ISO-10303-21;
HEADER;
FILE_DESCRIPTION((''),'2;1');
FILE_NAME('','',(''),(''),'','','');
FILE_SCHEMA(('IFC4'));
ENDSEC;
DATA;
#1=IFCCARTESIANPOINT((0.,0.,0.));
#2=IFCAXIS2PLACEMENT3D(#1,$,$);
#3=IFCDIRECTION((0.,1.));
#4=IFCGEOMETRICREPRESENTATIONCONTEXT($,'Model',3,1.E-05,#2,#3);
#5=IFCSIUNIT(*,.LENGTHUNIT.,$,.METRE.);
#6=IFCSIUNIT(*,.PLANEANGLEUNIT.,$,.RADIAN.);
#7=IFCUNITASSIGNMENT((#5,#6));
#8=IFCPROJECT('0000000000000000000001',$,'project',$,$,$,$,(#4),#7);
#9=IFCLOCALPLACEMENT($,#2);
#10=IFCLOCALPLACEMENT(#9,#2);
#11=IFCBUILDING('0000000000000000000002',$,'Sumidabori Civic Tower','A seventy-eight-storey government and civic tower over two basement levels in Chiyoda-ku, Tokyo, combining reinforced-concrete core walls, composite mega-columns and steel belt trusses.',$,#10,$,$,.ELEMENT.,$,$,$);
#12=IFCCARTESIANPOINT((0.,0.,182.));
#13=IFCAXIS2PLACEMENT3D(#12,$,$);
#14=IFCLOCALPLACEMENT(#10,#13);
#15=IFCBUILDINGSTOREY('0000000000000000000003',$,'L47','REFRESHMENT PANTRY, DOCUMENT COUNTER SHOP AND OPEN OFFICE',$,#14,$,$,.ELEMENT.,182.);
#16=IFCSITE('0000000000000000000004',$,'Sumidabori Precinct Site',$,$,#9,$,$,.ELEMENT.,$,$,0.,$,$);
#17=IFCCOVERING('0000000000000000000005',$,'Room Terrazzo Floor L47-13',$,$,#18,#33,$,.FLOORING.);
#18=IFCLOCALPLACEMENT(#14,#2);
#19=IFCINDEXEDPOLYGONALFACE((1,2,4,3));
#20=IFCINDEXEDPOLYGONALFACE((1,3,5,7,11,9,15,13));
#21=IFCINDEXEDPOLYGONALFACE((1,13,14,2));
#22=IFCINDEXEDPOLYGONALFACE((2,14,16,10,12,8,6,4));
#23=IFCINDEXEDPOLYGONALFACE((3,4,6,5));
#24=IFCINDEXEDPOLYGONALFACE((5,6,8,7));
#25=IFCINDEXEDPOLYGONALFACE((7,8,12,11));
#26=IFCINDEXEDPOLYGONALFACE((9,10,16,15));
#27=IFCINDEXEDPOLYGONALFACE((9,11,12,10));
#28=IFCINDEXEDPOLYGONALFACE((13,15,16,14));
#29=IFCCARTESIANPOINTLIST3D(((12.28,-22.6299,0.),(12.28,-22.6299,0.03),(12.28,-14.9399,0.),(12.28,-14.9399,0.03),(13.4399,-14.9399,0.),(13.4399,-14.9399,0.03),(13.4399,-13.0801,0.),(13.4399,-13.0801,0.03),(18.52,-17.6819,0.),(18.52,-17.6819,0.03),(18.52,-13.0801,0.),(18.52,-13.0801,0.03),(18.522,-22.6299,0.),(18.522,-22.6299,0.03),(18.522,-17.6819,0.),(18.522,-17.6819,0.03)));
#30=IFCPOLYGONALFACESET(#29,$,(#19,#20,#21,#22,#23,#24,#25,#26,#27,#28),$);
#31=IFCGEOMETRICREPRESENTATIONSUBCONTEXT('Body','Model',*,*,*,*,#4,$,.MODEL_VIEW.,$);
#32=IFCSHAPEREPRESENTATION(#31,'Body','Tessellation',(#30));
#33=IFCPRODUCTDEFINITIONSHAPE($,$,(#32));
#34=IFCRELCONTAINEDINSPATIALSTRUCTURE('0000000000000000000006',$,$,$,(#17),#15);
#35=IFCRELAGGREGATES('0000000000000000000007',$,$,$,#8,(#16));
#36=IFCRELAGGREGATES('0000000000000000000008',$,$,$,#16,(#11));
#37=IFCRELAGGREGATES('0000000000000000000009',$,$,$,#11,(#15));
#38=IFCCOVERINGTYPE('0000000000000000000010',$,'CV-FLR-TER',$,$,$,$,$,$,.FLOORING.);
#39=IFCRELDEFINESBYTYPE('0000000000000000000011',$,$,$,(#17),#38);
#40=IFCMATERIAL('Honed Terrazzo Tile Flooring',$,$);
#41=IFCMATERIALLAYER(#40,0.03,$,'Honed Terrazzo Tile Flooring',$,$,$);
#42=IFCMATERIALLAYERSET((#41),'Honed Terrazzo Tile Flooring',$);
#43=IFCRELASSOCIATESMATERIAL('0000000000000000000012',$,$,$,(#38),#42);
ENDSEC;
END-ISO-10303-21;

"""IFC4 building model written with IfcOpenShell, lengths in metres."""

from ifc_helpers import new_model, si_unit, direction, frame, origin, place, context, subcontext, project, spatial, polyline, outline, extrude, material, layer, layer_set, type_object, element, save


model = new_model("IFC4")

# Units and contexts
model_context = context("Model", 3, precision=1e-05, world=origin(), true_north=direction((0.0, 1.0)))
body_context = subcontext(model_context, "Body", "Model", "MODEL_VIEW")
ifc_project = project(units=[si_unit("LENGTHUNIT", "METRE"), si_unit("PLANEANGLEUNIT", "RADIAN")], contexts=[model_context])

# Site, building, storey
site_placement = place(None, origin())
site = spatial("IfcSite", under=ifc_project, at=site_placement, Name="Sumidabori Precinct Site", CompositionType="ELEMENT", RefElevation=0.0)
building_placement = place(site_placement, origin())
building = spatial("IfcBuilding", under=site, at=building_placement, Name="Sumidabori Civic Tower", Description="A seventy-eight-storey government and civic tower over two basement levels in Chiyoda-ku, Tokyo, combining reinforced-concrete core walls, composite mega-columns and steel belt trusses.", CompositionType="ELEMENT")
storey_placement = place(building_placement, frame((0.0, 0.0, 182.0)))
storey = spatial("IfcBuildingStorey", under=building, at=storey_placement, Name="L47", Description="REFRESHMENT PANTRY, DOCUMENT COUNTER SHOP AND OPEN OFFICE", CompositionType="ELEMENT", Elevation=182.0)

# Covering
ifc_material_1 = material(Name="Honed Terrazzo Tile Flooring")
ifc_layer_1 = layer(ifc_material_1, 0.03, Name="Honed Terrazzo Tile Flooring")
ifc_layer_set_1 = layer_set([ifc_layer_1], Name="Honed Terrazzo Tile Flooring")
covering_type_1 = type_object("IfcCoveringType", Name="CV-FLR-TER", PredefinedType="FLOORING", material=ifc_layer_set_1)
covering_1_placement = place(storey_placement, origin())
element("IfcCovering", 1, at=covering_1_placement, inside=storey, type_object=covering_type_1, Name="Room Terrazzo Floor L47-13", PredefinedType="FLOORING", context=body_context, shape_type="SweptSolid", body=[
    extrude(outline(polyline([(18.52, -17.6819), (18.522, -17.6819), (18.522, -22.6299), (12.28, -22.6299), (12.28, -14.9399), (13.4399, -14.9399), (13.4399, -13.0801), (18.52, -13.0801), (18.52, -17.6819)])), origin(), (0.0, 0.0, 1.0), 0.03),
])

save(model, "model.ifc")
